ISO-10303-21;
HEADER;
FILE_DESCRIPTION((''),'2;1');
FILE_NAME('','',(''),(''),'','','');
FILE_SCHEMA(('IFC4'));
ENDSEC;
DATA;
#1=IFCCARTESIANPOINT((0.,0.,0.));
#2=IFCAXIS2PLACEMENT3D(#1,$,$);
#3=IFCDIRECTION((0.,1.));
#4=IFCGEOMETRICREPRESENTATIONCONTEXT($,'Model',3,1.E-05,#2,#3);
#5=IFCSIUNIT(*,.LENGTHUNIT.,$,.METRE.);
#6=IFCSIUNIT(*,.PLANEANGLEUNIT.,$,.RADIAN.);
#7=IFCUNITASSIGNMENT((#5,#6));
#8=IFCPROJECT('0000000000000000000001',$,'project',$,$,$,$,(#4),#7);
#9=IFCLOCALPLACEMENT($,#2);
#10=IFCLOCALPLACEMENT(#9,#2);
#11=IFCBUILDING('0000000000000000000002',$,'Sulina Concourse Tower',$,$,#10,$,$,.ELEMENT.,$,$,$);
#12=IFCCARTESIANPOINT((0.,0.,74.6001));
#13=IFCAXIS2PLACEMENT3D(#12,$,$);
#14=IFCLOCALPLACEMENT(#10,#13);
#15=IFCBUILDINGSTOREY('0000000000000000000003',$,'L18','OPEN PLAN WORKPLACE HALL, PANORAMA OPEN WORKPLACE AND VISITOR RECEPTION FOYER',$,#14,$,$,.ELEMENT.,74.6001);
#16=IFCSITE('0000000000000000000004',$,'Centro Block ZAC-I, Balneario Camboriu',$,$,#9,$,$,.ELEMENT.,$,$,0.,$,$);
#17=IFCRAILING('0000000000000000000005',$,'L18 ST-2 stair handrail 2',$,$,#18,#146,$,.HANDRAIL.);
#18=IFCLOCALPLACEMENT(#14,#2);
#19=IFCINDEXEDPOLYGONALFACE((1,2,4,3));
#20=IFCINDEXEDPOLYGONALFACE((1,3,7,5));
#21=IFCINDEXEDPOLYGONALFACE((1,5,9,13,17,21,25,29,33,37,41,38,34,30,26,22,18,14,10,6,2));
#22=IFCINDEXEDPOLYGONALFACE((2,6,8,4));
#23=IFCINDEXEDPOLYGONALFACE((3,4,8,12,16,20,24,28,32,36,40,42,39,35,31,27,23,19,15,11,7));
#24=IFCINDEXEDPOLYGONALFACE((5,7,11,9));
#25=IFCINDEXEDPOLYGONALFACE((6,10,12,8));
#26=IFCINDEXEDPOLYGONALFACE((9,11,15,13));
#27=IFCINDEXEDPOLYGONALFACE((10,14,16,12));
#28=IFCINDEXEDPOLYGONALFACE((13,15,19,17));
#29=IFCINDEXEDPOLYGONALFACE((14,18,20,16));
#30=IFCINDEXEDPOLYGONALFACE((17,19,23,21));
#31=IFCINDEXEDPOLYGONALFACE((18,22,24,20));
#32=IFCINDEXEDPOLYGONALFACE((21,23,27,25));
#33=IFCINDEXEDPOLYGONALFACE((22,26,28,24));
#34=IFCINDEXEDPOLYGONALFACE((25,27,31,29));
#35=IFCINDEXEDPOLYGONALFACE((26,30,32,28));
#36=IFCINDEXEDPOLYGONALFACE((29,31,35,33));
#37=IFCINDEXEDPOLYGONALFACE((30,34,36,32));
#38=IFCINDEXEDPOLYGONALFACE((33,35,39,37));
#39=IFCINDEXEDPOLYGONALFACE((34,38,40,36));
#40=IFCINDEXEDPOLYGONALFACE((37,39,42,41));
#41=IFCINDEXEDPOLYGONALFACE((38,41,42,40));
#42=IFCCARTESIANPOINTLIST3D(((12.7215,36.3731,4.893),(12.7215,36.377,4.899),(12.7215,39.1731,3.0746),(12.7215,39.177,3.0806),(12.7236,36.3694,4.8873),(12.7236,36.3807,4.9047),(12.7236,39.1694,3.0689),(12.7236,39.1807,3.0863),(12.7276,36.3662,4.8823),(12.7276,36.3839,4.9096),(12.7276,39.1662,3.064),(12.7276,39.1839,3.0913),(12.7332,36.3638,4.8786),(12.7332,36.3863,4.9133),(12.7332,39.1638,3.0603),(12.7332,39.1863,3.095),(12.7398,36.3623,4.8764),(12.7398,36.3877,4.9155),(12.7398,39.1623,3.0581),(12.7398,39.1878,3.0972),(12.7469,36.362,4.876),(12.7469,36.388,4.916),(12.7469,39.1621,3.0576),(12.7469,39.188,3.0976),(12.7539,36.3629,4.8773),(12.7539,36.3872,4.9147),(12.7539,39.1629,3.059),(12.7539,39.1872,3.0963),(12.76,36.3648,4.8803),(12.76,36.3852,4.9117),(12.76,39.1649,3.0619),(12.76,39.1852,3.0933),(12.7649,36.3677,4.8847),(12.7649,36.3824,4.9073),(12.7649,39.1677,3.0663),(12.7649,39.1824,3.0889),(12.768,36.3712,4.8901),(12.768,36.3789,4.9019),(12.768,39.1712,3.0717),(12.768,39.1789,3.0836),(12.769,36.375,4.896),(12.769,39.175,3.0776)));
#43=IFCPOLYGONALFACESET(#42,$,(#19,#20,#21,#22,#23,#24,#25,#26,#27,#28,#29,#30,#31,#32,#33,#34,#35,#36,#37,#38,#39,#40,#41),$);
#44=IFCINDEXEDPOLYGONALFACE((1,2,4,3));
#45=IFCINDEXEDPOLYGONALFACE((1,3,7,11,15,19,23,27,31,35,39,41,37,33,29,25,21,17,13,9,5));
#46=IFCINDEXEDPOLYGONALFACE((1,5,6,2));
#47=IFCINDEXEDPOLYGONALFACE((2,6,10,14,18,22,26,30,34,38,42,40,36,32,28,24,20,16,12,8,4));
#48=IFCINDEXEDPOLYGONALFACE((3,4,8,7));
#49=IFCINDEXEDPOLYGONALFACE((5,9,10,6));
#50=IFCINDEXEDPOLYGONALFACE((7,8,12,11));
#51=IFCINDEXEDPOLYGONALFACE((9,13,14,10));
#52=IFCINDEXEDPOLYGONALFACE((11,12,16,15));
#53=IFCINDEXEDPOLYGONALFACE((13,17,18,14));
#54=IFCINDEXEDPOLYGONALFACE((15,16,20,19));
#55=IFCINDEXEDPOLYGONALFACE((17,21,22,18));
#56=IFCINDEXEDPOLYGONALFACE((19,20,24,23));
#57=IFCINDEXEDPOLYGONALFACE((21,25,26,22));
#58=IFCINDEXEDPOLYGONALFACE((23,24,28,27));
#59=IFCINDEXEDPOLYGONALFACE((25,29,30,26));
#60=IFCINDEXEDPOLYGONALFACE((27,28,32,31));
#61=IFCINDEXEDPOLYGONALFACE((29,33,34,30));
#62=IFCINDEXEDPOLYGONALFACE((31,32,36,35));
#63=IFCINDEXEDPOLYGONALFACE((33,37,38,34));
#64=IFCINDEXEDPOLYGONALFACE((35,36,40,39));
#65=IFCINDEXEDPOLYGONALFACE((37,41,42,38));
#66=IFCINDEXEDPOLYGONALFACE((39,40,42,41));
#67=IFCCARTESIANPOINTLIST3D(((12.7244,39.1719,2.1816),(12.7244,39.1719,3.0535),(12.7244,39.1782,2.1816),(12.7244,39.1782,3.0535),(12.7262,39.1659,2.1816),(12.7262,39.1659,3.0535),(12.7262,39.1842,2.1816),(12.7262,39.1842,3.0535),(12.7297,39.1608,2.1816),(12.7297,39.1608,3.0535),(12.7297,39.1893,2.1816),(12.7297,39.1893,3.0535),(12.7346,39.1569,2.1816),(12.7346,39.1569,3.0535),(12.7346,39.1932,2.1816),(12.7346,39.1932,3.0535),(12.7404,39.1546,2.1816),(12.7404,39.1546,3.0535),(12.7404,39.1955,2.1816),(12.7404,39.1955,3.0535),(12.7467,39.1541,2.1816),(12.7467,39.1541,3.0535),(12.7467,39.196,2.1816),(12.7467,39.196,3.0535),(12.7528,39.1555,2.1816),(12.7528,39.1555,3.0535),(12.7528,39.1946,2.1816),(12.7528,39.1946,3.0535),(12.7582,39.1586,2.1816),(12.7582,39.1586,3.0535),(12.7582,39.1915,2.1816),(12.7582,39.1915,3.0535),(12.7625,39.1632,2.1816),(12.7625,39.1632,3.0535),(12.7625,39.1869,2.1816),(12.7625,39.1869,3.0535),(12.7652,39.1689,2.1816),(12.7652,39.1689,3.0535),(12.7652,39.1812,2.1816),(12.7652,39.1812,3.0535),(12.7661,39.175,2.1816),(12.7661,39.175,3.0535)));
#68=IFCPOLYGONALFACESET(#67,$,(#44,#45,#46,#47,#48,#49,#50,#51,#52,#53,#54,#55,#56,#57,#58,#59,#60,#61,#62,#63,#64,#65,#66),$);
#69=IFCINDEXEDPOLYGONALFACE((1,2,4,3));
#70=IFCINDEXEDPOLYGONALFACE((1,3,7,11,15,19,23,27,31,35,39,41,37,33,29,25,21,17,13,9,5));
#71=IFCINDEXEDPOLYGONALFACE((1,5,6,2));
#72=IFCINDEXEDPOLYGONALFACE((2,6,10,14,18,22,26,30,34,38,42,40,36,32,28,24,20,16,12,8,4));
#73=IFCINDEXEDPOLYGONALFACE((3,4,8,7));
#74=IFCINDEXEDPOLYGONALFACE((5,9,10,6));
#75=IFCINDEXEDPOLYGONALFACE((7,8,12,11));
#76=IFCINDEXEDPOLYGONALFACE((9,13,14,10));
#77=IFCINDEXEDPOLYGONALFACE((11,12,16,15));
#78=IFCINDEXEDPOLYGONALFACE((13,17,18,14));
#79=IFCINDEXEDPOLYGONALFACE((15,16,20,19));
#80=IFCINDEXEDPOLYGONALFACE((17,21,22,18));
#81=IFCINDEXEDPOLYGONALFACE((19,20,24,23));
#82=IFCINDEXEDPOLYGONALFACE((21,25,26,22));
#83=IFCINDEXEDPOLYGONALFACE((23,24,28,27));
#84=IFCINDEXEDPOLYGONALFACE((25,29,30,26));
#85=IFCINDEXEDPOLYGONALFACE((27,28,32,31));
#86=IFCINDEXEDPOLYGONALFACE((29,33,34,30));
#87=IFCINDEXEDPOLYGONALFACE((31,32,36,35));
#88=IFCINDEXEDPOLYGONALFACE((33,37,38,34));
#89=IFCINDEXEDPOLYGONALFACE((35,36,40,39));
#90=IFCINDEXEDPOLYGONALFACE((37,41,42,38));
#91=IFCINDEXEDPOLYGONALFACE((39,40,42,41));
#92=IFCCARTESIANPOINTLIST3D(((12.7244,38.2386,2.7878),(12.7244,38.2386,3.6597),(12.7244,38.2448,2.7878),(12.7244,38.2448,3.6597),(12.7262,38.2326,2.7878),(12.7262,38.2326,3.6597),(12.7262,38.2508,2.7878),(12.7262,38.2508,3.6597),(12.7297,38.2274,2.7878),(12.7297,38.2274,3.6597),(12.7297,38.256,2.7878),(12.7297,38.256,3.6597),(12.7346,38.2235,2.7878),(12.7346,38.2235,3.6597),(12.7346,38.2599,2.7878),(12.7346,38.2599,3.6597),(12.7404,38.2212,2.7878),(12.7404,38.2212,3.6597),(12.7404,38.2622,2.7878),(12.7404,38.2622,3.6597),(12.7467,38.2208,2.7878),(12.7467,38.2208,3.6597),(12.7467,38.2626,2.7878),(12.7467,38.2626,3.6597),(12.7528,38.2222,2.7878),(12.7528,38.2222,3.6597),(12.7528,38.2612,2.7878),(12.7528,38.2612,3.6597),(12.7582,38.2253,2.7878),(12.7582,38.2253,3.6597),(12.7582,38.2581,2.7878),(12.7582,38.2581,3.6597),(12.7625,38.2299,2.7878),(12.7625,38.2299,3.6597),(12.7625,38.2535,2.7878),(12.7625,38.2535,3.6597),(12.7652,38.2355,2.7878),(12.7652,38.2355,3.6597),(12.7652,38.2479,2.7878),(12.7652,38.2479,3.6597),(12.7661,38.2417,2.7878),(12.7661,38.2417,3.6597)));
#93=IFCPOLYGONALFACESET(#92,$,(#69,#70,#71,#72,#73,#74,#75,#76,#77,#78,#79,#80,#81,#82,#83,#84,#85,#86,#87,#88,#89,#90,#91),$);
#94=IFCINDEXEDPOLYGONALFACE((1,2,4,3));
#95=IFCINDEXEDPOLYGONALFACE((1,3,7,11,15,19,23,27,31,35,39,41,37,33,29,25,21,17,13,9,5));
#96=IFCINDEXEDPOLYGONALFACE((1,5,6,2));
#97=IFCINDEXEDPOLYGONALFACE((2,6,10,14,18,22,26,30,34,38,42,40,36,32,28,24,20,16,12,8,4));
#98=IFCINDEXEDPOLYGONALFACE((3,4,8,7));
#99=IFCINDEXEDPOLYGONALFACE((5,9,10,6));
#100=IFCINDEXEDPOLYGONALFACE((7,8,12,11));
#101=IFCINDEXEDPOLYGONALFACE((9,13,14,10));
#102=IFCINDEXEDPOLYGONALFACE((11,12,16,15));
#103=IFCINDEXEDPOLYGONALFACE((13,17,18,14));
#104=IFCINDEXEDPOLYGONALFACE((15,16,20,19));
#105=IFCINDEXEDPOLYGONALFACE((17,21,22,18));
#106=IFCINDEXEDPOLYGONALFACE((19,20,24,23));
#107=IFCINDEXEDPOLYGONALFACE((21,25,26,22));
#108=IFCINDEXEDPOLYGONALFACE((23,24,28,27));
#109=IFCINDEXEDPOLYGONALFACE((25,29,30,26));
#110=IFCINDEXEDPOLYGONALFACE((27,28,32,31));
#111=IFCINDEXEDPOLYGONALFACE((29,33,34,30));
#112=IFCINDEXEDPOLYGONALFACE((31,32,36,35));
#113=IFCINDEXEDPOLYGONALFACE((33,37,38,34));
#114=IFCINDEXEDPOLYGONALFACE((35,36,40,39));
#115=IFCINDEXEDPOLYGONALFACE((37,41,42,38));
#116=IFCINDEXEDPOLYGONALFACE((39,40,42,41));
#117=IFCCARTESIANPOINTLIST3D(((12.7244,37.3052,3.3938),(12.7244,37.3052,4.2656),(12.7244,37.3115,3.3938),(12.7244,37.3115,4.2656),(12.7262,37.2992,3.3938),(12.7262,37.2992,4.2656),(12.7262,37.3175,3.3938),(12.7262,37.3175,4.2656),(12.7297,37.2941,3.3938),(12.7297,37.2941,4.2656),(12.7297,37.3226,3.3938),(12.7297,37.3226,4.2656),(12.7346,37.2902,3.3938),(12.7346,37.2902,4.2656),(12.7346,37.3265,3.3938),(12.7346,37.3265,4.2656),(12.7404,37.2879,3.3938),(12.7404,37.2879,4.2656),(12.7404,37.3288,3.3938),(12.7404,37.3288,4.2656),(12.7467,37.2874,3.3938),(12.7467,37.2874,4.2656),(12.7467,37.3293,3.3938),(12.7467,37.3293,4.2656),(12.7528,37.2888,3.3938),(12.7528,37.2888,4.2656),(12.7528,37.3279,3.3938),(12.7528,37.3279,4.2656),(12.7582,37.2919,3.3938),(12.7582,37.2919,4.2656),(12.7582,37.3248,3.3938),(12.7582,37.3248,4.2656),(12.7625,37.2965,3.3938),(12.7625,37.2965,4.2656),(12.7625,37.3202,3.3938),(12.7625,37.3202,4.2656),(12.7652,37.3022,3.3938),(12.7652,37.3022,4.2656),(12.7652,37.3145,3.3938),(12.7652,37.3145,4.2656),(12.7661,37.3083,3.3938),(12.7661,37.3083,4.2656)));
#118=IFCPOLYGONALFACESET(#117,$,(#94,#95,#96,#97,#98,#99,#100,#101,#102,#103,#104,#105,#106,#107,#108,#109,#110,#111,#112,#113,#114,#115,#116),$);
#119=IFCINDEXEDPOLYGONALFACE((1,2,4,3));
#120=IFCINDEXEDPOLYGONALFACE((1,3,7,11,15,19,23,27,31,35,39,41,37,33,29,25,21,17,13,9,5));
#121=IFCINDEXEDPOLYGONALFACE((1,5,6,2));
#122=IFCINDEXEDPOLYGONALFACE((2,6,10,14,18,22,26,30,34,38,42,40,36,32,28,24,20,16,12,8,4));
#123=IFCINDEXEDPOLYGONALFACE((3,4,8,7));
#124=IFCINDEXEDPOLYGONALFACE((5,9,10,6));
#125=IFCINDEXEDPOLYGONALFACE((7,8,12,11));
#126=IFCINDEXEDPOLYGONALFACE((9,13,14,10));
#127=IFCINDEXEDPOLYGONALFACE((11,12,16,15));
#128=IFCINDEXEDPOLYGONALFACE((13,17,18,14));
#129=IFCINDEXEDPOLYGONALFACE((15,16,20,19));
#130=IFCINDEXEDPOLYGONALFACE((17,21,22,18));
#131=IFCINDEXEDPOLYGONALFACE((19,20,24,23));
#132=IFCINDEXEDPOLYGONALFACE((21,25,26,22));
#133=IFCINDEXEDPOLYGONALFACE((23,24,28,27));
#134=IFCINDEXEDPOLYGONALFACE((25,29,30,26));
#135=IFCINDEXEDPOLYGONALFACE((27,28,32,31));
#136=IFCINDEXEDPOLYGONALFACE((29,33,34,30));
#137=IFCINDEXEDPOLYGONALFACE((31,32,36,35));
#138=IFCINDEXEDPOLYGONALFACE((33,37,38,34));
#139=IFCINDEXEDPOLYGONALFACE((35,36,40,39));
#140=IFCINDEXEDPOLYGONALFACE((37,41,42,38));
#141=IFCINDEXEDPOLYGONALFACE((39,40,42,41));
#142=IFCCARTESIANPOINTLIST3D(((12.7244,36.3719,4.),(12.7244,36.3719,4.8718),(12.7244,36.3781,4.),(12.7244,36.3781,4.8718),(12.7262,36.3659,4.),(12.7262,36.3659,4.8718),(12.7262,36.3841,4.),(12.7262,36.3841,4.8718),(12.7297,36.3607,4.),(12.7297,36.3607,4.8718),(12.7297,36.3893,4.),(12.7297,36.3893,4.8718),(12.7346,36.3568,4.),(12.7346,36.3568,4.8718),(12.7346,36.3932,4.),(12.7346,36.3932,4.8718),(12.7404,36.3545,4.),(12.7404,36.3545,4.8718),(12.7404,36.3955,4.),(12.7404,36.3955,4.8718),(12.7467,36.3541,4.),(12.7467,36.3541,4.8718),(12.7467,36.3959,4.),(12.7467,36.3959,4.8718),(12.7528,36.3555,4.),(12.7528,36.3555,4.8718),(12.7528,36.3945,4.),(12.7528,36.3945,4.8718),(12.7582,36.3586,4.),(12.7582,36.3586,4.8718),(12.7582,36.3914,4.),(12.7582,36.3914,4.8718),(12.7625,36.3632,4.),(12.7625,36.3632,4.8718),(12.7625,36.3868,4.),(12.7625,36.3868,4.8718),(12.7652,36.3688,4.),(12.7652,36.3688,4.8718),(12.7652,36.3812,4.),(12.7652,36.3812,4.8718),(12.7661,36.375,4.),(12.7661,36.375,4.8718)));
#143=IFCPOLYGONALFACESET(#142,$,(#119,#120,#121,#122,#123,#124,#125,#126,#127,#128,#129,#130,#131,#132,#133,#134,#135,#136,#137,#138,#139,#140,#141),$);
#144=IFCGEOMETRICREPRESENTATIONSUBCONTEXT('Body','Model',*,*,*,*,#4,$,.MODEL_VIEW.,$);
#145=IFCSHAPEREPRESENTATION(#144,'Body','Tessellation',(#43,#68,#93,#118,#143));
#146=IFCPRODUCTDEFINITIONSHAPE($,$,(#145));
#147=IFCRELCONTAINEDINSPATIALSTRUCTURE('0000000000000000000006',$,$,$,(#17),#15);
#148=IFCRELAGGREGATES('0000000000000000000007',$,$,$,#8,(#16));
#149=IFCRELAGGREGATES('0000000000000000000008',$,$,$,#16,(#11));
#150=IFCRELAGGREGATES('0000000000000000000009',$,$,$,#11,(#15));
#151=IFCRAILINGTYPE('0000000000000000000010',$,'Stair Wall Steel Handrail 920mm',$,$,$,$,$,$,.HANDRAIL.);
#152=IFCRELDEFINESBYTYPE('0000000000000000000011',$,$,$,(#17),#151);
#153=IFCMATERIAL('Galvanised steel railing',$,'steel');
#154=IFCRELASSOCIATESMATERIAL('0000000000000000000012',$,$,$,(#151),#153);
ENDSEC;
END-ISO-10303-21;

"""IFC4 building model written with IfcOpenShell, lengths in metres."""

from ifc_helpers import new_model, si_unit, direction, frame, origin, origin_2d, place, context, subcontext, project, spatial, circle, extrude, material, type_object, element, save


model = new_model("IFC4")

# Units and contexts
model_context = context("Model", 3, precision=1e-05, world=origin(), true_north=direction((0.0, 1.0)))
body_context = subcontext(model_context, "Body", "Model", "MODEL_VIEW")
ifc_project = project(units=[si_unit("LENGTHUNIT", "METRE"), si_unit("PLANEANGLEUNIT", "RADIAN")], contexts=[model_context])

# Site, building, storey
site_placement = place(None, origin())
site = spatial("IfcSite", under=ifc_project, at=site_placement, Name="Centro Block ZAC-I, Balneario Camboriu", CompositionType="ELEMENT", RefElevation=0.0)
building_placement = place(site_placement, origin())
building = spatial("IfcBuilding", under=site, at=building_placement, Name="Sulina Concourse Tower", CompositionType="ELEMENT")
storey_placement = place(building_placement, frame((0.0, 0.0, 74.6001)))
storey = spatial("IfcBuildingStorey", under=building, at=storey_placement, Name="L18", Description="OPEN PLAN WORKPLACE HALL, PANORAMA OPEN WORKPLACE AND VISITOR RECEPTION FOYER", CompositionType="ELEMENT", Elevation=74.6001)

# Railing
ifc_material_1 = material(Name="Galvanised steel railing", Category="steel")
railing_type_1 = type_object("IfcRailingType", Name="Stair Wall Steel Handrail 920mm", PredefinedType="HANDRAIL", material=ifc_material_1)
railing_1_placement = place(storey_placement, frame((12.7451, 39.175, 2.1816)))
element("IfcRailing", 1, at=railing_1_placement, inside=storey, type_object=railing_type_1, Name="L18 ST-2 stair handrail 2", PredefinedType="HANDRAIL", context=body_context, shape_type="SweptSolid", body=[
    extrude(circle(Radius=0.0239, at=origin_2d()), frame((0.0, 0.0, 0.896), z_axis=(0.0, -0.838672, 0.544636), x_axis=(1.0, 0.0, 0.0)), (0.0, 0.0, 1.0), 3.3386),
    extrude(circle(Radius=0.021, at=origin_2d()), origin(), (0.0, 0.0, 1.0), 0.8718),
    extrude(circle(Radius=0.021, at=origin_2d()), frame((0.0, -0.9333, 0.6062)), (0.0, 0.0, 1.0), 0.8718),
    extrude(circle(Radius=0.021, at=origin_2d()), frame((0.0, -1.8667, 1.2122)), (0.0, 0.0, 1.0), 0.8718),
    extrude(circle(Radius=0.021, at=origin_2d()), frame((0.0, -2.8, 1.8184)), (0.0, 0.0, 1.0), 0.8718),
])

save(model, "model.ifc")
